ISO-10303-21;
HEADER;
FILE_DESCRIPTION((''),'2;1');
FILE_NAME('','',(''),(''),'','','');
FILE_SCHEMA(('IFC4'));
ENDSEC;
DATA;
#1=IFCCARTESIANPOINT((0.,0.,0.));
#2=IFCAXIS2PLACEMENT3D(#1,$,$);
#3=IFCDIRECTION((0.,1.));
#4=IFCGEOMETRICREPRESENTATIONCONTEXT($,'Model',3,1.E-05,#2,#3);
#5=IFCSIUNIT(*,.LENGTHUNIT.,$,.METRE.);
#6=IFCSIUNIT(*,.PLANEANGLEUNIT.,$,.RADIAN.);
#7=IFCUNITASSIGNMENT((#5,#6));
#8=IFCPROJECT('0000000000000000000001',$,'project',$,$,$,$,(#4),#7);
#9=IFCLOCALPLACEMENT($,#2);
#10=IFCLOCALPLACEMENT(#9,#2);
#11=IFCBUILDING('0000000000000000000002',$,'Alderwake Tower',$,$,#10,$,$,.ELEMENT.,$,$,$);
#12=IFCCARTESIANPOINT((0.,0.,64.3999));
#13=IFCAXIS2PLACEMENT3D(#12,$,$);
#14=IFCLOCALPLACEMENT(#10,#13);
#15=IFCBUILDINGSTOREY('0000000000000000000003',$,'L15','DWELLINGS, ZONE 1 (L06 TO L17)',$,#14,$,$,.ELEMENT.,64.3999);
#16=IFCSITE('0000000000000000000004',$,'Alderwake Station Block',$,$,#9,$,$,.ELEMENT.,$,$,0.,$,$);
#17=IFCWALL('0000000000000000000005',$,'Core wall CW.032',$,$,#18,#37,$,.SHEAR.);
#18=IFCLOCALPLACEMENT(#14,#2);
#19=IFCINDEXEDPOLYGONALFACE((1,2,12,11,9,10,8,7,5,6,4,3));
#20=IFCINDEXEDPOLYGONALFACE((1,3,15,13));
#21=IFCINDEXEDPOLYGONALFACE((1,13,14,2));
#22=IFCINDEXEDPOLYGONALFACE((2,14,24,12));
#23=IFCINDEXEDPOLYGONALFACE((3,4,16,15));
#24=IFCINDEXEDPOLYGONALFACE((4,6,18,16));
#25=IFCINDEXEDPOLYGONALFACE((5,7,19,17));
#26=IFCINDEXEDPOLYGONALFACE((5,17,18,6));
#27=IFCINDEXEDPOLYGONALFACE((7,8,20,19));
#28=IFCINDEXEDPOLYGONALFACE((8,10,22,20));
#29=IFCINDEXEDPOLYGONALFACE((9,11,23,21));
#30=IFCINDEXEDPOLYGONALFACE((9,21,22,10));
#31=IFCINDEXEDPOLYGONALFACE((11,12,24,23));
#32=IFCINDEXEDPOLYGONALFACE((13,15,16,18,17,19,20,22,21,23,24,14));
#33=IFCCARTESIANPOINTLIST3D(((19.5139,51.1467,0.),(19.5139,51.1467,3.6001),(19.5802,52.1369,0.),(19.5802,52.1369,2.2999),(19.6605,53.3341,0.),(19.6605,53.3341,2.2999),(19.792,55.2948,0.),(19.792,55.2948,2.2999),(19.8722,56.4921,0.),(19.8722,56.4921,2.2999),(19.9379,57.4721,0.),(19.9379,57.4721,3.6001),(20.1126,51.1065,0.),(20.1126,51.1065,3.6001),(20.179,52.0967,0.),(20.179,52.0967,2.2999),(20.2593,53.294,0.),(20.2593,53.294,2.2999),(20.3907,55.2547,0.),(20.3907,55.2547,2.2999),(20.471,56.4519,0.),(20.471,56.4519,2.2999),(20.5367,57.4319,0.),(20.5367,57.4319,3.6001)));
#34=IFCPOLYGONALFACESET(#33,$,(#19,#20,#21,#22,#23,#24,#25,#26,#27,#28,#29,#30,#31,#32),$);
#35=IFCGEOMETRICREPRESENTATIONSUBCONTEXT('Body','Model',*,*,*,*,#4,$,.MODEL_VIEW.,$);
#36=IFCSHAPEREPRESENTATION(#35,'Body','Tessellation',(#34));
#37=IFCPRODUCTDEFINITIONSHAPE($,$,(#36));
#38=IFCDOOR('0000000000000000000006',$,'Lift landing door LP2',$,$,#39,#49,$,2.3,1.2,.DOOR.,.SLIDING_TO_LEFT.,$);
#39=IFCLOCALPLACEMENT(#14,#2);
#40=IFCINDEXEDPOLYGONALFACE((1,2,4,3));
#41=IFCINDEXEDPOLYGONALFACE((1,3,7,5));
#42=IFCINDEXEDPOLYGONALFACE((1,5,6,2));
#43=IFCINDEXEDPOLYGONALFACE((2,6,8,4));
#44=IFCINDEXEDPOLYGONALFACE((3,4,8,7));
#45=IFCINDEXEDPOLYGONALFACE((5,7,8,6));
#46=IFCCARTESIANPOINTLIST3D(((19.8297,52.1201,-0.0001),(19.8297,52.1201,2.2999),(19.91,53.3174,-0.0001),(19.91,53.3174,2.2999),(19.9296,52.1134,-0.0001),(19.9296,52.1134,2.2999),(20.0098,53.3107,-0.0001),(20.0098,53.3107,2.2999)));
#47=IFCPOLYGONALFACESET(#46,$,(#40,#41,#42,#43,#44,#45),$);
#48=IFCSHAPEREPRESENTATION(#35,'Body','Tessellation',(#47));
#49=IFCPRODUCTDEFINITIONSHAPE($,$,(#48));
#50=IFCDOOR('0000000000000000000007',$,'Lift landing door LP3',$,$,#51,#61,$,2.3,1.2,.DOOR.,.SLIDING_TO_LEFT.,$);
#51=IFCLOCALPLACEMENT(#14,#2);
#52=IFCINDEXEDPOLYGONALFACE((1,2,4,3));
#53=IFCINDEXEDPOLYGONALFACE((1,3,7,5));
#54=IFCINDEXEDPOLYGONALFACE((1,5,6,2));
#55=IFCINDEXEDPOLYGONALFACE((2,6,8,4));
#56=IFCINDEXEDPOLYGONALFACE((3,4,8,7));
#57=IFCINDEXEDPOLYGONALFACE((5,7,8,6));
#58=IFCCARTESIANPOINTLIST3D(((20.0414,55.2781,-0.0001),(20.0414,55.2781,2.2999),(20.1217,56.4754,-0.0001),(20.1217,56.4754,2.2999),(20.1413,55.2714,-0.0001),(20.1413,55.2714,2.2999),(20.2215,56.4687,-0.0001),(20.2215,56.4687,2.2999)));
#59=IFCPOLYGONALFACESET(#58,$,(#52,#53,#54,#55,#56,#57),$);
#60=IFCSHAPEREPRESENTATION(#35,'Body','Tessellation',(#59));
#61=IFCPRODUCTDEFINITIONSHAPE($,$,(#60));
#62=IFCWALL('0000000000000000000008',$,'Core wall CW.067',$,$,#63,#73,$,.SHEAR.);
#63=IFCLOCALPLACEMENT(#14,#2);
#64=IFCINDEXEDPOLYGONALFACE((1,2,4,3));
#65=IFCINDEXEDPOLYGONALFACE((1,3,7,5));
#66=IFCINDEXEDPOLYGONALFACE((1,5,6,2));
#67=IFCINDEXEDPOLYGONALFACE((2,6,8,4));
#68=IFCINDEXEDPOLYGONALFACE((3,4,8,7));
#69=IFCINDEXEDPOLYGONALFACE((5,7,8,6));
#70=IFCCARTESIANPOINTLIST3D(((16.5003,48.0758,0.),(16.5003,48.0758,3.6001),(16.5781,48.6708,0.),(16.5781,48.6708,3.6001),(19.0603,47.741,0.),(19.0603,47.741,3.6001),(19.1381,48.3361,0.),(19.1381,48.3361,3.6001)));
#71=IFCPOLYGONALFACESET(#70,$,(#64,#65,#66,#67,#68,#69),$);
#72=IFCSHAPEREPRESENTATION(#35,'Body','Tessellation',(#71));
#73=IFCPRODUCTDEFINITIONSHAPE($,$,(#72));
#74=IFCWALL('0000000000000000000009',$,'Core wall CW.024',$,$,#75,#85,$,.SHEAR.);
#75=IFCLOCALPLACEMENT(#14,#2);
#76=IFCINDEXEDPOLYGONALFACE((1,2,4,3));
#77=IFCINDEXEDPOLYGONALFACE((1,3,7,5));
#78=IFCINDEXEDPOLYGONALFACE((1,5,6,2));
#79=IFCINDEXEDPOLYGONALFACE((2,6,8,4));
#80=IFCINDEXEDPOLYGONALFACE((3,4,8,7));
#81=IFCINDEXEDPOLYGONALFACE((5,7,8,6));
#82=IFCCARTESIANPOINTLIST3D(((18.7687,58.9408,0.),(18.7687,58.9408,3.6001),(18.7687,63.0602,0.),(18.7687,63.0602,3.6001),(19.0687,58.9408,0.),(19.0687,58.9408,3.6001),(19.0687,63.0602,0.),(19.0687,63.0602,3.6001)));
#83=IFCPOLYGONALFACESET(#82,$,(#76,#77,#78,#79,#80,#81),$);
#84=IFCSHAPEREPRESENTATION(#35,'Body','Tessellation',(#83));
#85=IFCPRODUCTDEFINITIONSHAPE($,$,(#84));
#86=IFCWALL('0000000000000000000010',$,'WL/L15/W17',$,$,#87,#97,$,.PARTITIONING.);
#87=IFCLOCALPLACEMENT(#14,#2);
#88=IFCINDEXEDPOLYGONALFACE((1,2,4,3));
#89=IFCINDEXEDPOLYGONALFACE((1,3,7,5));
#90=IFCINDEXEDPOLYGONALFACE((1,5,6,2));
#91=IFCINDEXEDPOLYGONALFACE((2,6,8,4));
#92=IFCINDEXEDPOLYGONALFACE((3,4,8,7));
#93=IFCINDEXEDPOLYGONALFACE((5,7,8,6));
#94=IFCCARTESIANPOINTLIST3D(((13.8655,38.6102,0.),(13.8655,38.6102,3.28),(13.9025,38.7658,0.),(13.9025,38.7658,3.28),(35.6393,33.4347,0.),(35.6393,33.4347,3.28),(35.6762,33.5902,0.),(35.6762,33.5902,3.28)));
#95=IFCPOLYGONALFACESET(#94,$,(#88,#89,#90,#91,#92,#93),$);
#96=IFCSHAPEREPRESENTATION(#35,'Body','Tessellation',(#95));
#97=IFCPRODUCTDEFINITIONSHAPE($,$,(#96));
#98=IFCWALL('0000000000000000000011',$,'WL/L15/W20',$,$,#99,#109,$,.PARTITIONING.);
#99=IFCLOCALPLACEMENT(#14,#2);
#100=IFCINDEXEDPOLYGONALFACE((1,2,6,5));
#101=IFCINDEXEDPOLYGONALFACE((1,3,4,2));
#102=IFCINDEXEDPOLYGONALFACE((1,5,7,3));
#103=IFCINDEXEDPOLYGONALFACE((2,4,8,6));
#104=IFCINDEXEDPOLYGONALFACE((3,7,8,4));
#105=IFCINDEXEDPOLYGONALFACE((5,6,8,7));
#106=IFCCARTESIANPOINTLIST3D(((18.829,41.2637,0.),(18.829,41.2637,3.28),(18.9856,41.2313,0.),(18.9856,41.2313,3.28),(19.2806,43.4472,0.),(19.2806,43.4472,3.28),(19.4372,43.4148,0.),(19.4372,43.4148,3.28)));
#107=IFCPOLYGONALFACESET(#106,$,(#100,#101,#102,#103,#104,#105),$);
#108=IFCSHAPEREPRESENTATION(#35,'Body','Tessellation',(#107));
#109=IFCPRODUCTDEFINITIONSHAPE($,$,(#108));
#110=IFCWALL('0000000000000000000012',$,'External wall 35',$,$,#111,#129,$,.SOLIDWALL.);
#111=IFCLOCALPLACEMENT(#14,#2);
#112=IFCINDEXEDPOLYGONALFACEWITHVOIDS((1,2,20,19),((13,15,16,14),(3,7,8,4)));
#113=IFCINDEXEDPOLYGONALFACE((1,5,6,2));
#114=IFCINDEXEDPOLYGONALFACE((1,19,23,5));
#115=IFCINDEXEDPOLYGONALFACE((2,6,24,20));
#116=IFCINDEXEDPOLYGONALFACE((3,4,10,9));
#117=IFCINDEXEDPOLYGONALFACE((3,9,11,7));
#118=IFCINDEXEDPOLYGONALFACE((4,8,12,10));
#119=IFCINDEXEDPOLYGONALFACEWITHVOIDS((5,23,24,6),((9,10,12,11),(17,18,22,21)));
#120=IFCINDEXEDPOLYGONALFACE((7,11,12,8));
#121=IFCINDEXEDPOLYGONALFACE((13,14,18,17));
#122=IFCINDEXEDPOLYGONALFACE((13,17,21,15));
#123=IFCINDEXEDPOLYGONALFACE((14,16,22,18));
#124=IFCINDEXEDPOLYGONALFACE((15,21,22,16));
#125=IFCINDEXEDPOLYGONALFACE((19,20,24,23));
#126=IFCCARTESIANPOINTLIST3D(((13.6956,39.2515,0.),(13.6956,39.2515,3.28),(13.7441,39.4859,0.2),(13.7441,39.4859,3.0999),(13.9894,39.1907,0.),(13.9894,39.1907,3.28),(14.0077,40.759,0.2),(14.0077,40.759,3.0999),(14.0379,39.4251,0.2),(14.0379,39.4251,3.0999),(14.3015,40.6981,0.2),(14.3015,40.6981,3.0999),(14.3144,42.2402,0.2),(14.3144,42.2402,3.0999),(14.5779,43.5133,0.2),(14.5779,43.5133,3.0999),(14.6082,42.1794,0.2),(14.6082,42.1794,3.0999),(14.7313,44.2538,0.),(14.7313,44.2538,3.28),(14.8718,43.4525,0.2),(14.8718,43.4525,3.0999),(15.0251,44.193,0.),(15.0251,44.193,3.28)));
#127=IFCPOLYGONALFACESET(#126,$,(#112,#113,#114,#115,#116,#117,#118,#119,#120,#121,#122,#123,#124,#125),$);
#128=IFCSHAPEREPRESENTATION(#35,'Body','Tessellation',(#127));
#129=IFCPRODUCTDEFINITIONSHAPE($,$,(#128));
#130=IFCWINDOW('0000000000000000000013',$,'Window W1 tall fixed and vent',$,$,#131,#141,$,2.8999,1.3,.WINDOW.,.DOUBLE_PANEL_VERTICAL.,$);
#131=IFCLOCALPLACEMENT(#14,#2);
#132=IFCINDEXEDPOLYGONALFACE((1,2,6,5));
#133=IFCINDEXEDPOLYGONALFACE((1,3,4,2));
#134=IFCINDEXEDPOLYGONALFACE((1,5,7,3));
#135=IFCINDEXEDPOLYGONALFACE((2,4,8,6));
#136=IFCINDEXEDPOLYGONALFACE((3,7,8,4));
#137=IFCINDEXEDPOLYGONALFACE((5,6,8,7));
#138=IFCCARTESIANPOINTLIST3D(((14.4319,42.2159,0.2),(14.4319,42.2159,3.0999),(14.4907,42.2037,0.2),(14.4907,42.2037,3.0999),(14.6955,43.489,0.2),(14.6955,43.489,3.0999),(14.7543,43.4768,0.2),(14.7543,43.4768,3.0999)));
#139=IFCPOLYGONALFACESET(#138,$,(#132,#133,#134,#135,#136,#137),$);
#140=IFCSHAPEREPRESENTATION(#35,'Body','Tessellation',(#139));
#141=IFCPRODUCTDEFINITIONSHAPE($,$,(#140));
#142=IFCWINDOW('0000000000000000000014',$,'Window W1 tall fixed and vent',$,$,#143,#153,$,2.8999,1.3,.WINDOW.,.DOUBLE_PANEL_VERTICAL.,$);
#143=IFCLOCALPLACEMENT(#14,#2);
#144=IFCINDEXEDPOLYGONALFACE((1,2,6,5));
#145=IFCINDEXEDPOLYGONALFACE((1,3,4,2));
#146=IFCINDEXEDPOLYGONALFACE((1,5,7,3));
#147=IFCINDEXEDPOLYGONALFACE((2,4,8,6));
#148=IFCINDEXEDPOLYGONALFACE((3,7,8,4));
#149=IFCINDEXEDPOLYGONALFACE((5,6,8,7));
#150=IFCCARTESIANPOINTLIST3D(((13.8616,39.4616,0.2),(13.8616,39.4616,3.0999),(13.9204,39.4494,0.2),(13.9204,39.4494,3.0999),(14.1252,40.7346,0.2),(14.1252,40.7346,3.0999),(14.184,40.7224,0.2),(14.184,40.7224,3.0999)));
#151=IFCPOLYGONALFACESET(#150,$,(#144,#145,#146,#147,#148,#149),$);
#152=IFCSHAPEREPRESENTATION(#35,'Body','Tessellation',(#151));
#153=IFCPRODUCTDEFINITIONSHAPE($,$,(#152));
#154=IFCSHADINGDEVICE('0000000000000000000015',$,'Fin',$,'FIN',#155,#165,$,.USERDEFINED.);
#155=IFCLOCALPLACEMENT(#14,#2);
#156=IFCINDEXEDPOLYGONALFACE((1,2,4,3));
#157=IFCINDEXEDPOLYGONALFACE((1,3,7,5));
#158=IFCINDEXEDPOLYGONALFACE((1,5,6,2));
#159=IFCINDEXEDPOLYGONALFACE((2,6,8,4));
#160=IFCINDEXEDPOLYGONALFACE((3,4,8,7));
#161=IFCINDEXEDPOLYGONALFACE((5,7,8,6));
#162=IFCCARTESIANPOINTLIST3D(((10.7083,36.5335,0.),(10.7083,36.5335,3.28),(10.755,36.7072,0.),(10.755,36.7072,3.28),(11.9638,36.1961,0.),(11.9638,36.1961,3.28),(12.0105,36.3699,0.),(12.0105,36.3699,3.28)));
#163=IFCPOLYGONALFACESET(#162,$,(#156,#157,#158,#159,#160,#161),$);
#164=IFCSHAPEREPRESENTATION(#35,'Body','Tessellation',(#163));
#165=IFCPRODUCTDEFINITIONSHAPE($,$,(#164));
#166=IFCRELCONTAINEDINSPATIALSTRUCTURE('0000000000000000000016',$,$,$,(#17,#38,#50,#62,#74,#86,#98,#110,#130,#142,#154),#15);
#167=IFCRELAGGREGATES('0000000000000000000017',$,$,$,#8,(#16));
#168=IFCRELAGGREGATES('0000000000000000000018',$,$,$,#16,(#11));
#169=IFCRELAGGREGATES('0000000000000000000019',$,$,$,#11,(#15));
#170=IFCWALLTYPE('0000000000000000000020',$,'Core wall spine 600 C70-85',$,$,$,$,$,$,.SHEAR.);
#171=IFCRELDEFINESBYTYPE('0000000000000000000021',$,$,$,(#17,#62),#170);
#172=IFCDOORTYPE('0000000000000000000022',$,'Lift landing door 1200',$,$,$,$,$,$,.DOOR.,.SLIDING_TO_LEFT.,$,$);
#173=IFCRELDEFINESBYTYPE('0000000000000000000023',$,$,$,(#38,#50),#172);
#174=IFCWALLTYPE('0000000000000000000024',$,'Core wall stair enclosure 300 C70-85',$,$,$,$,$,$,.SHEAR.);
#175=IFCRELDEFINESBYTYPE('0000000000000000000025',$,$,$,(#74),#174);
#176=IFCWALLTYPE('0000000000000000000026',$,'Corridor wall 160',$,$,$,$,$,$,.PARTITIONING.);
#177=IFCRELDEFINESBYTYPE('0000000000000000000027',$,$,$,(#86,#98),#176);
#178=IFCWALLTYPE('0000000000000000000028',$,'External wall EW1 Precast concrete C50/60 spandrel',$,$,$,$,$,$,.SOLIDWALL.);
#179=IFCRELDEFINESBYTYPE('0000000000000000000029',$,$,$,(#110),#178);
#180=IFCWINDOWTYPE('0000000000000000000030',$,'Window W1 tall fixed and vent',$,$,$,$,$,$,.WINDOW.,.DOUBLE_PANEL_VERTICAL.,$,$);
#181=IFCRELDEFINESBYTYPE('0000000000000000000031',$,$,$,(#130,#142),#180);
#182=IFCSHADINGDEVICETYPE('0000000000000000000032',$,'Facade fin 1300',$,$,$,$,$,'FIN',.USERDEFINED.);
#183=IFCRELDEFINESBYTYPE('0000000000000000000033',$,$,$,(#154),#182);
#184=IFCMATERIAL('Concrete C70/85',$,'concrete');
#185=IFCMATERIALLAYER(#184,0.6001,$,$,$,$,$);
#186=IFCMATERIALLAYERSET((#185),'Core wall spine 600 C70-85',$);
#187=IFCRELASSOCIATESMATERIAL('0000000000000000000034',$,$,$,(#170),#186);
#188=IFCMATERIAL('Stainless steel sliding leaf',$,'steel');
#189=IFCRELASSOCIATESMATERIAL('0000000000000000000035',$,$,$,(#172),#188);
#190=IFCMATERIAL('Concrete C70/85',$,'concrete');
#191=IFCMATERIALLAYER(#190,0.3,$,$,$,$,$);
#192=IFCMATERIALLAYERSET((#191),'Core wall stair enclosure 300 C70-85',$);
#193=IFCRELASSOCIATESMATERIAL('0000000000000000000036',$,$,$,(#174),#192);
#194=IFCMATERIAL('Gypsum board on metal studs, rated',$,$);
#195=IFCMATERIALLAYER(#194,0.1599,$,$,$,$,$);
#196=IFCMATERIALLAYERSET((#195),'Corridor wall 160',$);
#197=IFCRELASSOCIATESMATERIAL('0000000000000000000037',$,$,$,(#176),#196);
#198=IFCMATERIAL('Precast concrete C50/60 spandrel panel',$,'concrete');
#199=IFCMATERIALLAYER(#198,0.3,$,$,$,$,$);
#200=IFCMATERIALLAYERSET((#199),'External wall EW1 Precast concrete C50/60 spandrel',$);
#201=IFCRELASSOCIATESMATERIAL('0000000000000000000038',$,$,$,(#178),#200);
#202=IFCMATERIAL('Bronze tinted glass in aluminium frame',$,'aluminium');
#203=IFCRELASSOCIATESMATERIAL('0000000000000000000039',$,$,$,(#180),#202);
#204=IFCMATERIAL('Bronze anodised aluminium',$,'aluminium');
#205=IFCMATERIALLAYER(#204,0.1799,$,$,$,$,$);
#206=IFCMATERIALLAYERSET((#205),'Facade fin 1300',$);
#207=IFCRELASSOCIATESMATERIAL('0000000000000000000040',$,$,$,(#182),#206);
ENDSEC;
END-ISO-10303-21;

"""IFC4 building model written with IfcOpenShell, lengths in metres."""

from ifc_helpers import new_model, si_unit, direction, frame, frame_2d, origin, origin_2d, place, context, subcontext, project, spatial, rectangle, extrude, material, layer, layer_set, type_object, element, fill, save


model = new_model("IFC4")

# Units and contexts
model_context = context("Model", 3, precision=1e-05, world=origin(), true_north=direction((0.0, 1.0)))
body_context = subcontext(model_context, "Body", "Model", "MODEL_VIEW")
ifc_project = project(units=[si_unit("LENGTHUNIT", "METRE"), si_unit("PLANEANGLEUNIT", "RADIAN")], contexts=[model_context])

# Site, building, storey
site_placement = place(None, origin())
site = spatial("IfcSite", under=ifc_project, at=site_placement, Name="Alderwake Station Block", CompositionType="ELEMENT", RefElevation=0.0)
building_placement = place(site_placement, origin())
building = spatial("IfcBuilding", under=site, at=building_placement, Name="Alderwake Tower", CompositionType="ELEMENT")
storey_placement = place(building_placement, frame((0.0, 0.0, 64.3999)))
storey = spatial("IfcBuildingStorey", under=building, at=storey_placement, Name="L15", Description="DWELLINGS, ZONE 1 (L06 TO L17)", CompositionType="ELEMENT", Elevation=64.3999)

# Wall, openings, doors
ifc_material_1 = material(Name="Concrete C70/85", Category="concrete")
ifc_layer_1 = layer(ifc_material_1, 0.6001)
ifc_layer_set_1 = layer_set([ifc_layer_1], Name="Core wall spine 600 C70-85")
wall_type_1 = type_object("IfcWallType", Name="Core wall spine 600 C70-85", PredefinedType="SHEAR", material=ifc_layer_set_1)
wall_1_placement = place(storey_placement, frame((19.8132, 51.1265, 0.0), z_axis=(0.0, 0.0, 1.0), x_axis=(0.066892, 0.99776, 0.0)))
wall_1 = element("IfcWall", 1, at=wall_1_placement, inside=storey, type_object=wall_type_1, Name="Core wall CW.032", PredefinedType="SHEAR", context=body_context, shape_type="SweptSolid", body=[
    extrude(rectangle(XDim=6.3396, YDim=0.6001, at=frame_2d((3.1699, 0.0))), origin(), (0.0, 0.0, 1.0), 3.6001),
])
opening_1_placement = place(wall_1_placement, frame((0.9924, 0.0, 0.0)))
opening_1 = element("IfcOpeningElement", 2, at=opening_1_placement, cuts=wall_1, PredefinedType="OPENING", context=body_context, shape_type="SweptSolid", body=[
    extrude(rectangle(XDim=1.2, YDim=2.3, at=frame_2d((0.6001, 1.1499))), frame((0.0, 0.3101, 0.0), z_axis=(0.0, -1.0, 0.0), x_axis=(1.0, 0.0, 0.0)), (0.0, 0.0, 1.0), 0.6201),
])
opening_2_placement = place(wall_1_placement, frame((4.1575, 0.0, 0.0)))
opening_2 = element("IfcOpeningElement", 3, at=opening_2_placement, cuts=wall_1, PredefinedType="OPENING", context=body_context, shape_type="SweptSolid", body=[
    extrude(rectangle(XDim=1.2, YDim=2.3, at=frame_2d((0.6001, 1.1499))), frame((0.0, 0.3101, 0.0), z_axis=(0.0, -1.0, 0.0), x_axis=(1.0, 0.0, 0.0)), (0.0, 0.0, 1.0), 0.6201),
])
ifc_material_2 = material(Name="Stainless steel sliding leaf", Category="steel")
door_type_1 = type_object("IfcDoorType", Name="Lift landing door 1200", OperationType="SLIDING_TO_LEFT", PredefinedType="DOOR", material=ifc_material_2)
door_1_placement = place(opening_1_placement, origin())
door_1 = element("IfcDoor", 4, at=door_1_placement, inside=storey, type_object=door_type_1, Name="Lift landing door LP2", OperationType="SLIDING_TO_LEFT", OverallHeight=2.3, OverallWidth=1.2, PredefinedType="DOOR", context=body_context, shape_type="SweptSolid", body=[
    extrude(rectangle(XDim=1.2, YDim=2.3, at=frame_2d((0.6001, 1.1499))), frame((0.0, 0.05, 0.0), z_axis=(0.0, -1.0, 0.0), x_axis=(1.0, 0.0, 0.0)), (0.0, 0.0, 1.0), 0.1001),
])
fill(opening_1, door_1)
door_2_placement = place(opening_2_placement, origin())
door_2 = element("IfcDoor", 5, at=door_2_placement, inside=storey, type_object=door_type_1, Name="Lift landing door LP3", OperationType="SLIDING_TO_LEFT", OverallHeight=2.3, OverallWidth=1.2, PredefinedType="DOOR", context=body_context, shape_type="SweptSolid", body=[
    extrude(rectangle(XDim=1.2, YDim=2.3, at=frame_2d((0.6001, 1.1499))), frame((0.0, 0.05, 0.0), z_axis=(0.0, -1.0, 0.0), x_axis=(1.0, 0.0, 0.0)), (0.0, 0.0, 1.0), 0.1001),
])
fill(opening_2, door_2)

# Walls
wall_2_placement = place(storey_placement, frame((16.5391, 48.3733, 0.0), z_axis=(0.0, 0.0, 1.0), x_axis=(0.991561, -0.129642, 0.0)))
element("IfcWall", 6, at=wall_2_placement, inside=storey, type_object=wall_type_1, Name="Core wall CW.067", PredefinedType="SHEAR", context=body_context, shape_type="SweptSolid", body=[
    extrude(rectangle(XDim=2.5818, YDim=0.6001, at=frame_2d((1.291, 0.0))), origin(), (0.0, 0.0, 1.0), 3.6001),
])
ifc_material_3 = material(Name="Concrete C70/85", Category="concrete")
ifc_layer_2 = layer(ifc_material_3, 0.3)
ifc_layer_set_2 = layer_set([ifc_layer_2], Name="Core wall stair enclosure 300 C70-85")
wall_type_2 = type_object("IfcWallType", Name="Core wall stair enclosure 300 C70-85", PredefinedType="SHEAR", material=ifc_layer_set_2)
wall_3_placement = place(storey_placement, frame((18.9187, 58.9409, 0.0), z_axis=(0.0, 0.0, 1.0), x_axis=(0.0, 1.0, 0.0)))
element("IfcWall", 7, at=wall_3_placement, inside=storey, type_object=wall_type_2, Name="Core wall CW.024", PredefinedType="SHEAR", context=body_context, shape_type="SweptSolid", body=[
    extrude(rectangle(XDim=4.1194, YDim=0.3, at=frame_2d((2.0596, 0.0))), origin(), (0.0, 0.0, 1.0), 3.6001),
])
ifc_material_4 = material(Name="Gypsum board on metal studs, rated")
ifc_layer_3 = layer(ifc_material_4, 0.1599)
ifc_layer_set_3 = layer_set([ifc_layer_3], Name="Corridor wall 160")
wall_type_3 = type_object("IfcWallType", Name="Corridor wall 160", PredefinedType="PARTITIONING", material=ifc_layer_set_3)
wall_4_placement = place(storey_placement, frame((13.884, 38.688, 0.0), z_axis=(0.0, 0.0, 1.0), x_axis=(0.972893, -0.231254, 0.0)))
element("IfcWall", 8, at=wall_4_placement, inside=storey, type_object=wall_type_3, Name="WL/L15/W17", PredefinedType="PARTITIONING", context=body_context, shape_type="SweptSolid", body=[
    extrude(rectangle(XDim=22.3804, YDim=0.1599, at=frame_2d((11.1902, 0.0))), origin(), (0.0, 0.0, 1.0), 3.28),
])
wall_5_placement = place(storey_placement, frame((19.3589, 43.4309, 0.0), z_axis=(0.0, 0.0, 1.0), x_axis=(-0.202555, -0.979271, 0.0)))
element("IfcWall", 9, at=wall_5_placement, inside=storey, type_object=wall_type_3, Name="WL/L15/W20", PredefinedType="PARTITIONING", context=body_context, shape_type="SweptSolid", body=[
    extrude(rectangle(XDim=2.2297, YDim=0.1599, at=frame_2d((1.1147, 0.0))), origin(), (0.0, 0.0, 1.0), 3.28),
])

# Wall, openings, windows
ifc_material_5 = material(Name="Precast concrete C50/60 spandrel panel", Category="concrete")
ifc_layer_4 = layer(ifc_material_5, 0.3)
ifc_layer_set_4 = layer_set([ifc_layer_4], Name="External wall EW1 Precast concrete C50/60 spandrel")
wall_type_4 = type_object("IfcWallType", Name="External wall EW1 Precast concrete C50/60 spandrel", PredefinedType="SOLIDWALL", material=ifc_layer_set_4)
wall_6_placement = place(storey_placement, frame((14.8782, 44.2234, 0.0), z_axis=(0.0, 0.0, 1.0), x_axis=(-0.202738, -0.979233, 0.0)))
wall_6 = element("IfcWall", 10, at=wall_6_placement, inside=storey, type_object=wall_type_4, Name="External wall 35", PredefinedType="SOLIDWALL", context=body_context, shape_type="SweptSolid", body=[
    extrude(rectangle(XDim=5.1084, YDim=0.3, at=frame_2d((2.5542, 0.0))), origin(), (0.0, 0.0, 1.0), 3.28),
])
opening_3_placement = place(wall_6_placement, frame((0.7563, 0.0, 0.2)))
opening_3 = element("IfcOpeningElement", 11, at=opening_3_placement, cuts=wall_6, PredefinedType="OPENING", context=body_context, shape_type="SweptSolid", body=[
    extrude(rectangle(XDim=1.3, YDim=2.8999, at=frame_2d((0.6499, 1.45))), frame((0.0, 0.1599, 0.0), z_axis=(0.0, -1.0, 0.0), x_axis=(1.0, 0.0, 0.0)), (0.0, 0.0, 1.0), 0.3201),
])
opening_4_placement = place(wall_6_placement, frame((3.5691, 0.0, 0.2)))
opening_4 = element("IfcOpeningElement", 12, at=opening_4_placement, cuts=wall_6, PredefinedType="OPENING", context=body_context, shape_type="SweptSolid", body=[
    extrude(rectangle(XDim=1.3, YDim=2.8999, at=frame_2d((0.6499, 1.45))), frame((0.0, 0.1599, 0.0), z_axis=(0.0, -1.0, 0.0), x_axis=(1.0, 0.0, 0.0)), (0.0, 0.0, 1.0), 0.3201),
])
ifc_material_6 = material(Name="Bronze tinted glass in aluminium frame", Category="aluminium")
window_type = type_object("IfcWindowType", Name="Window W1 tall fixed and vent", PartitioningType="DOUBLE_PANEL_VERTICAL", PredefinedType="WINDOW", material=ifc_material_6)
window_1_placement = place(opening_3_placement, origin())
window_1 = element("IfcWindow", 13, at=window_1_placement, inside=storey, type_object=window_type, Name="Window W1 tall fixed and vent", OverallHeight=2.8999, OverallWidth=1.3, PartitioningType="DOUBLE_PANEL_VERTICAL", PredefinedType="WINDOW", context=body_context, shape_type="SweptSolid", body=[
    extrude(rectangle(XDim=1.3, YDim=2.8999, at=frame_2d((0.6499, 1.45))), frame((0.0, 0.03, 0.0), z_axis=(0.0, -1.0, 0.0), x_axis=(1.0, 0.0, 0.0)), (0.0, 0.0, 1.0), 0.0601),
])
fill(opening_3, window_1)
window_2_placement = place(opening_4_placement, origin())
window_2 = element("IfcWindow", 14, at=window_2_placement, inside=storey, type_object=window_type, Name="Window W1 tall fixed and vent", OverallHeight=2.8999, OverallWidth=1.3, PartitioningType="DOUBLE_PANEL_VERTICAL", PredefinedType="WINDOW", context=body_context, shape_type="SweptSolid", body=[
    extrude(rectangle(XDim=1.3, YDim=2.8999, at=frame_2d((0.6499, 1.45))), frame((0.0, 0.03, 0.0), z_axis=(0.0, -1.0, 0.0), x_axis=(1.0, 0.0, 0.0)), (0.0, 0.0, 1.0), 0.0601),
])
fill(opening_4, window_2)

# Shading device
ifc_material_7 = material(Name="Bronze anodised aluminium", Category="aluminium")
ifc_layer_5 = layer(ifc_material_7, 0.1799)
ifc_layer_set_5 = layer_set([ifc_layer_5], Name="Facade fin 1300")
shading_device_type = type_object("IfcShadingDeviceType", Name="Facade fin 1300", ElementType="FIN", PredefinedType="USERDEFINED", material=ifc_layer_set_5)
shading_device_placement = place(storey_placement, frame((11.3594, 36.4517, 0.0), z_axis=(0.0, 0.0, 1.0), x_axis=(0.965744, -0.259495, 0.0)))
element("IfcShadingDevice", 15, at=shading_device_placement, inside=storey, type_object=shading_device_type, Name="Fin", ObjectType="FIN", PredefinedType="USERDEFINED", context=body_context, shape_type="SweptSolid", body=[
    extrude(rectangle(XDim=1.3, YDim=0.1799, at=origin_2d()), origin(), (0.0, 0.0, 1.0), 3.28),
])

save(model, "model.ifc")
